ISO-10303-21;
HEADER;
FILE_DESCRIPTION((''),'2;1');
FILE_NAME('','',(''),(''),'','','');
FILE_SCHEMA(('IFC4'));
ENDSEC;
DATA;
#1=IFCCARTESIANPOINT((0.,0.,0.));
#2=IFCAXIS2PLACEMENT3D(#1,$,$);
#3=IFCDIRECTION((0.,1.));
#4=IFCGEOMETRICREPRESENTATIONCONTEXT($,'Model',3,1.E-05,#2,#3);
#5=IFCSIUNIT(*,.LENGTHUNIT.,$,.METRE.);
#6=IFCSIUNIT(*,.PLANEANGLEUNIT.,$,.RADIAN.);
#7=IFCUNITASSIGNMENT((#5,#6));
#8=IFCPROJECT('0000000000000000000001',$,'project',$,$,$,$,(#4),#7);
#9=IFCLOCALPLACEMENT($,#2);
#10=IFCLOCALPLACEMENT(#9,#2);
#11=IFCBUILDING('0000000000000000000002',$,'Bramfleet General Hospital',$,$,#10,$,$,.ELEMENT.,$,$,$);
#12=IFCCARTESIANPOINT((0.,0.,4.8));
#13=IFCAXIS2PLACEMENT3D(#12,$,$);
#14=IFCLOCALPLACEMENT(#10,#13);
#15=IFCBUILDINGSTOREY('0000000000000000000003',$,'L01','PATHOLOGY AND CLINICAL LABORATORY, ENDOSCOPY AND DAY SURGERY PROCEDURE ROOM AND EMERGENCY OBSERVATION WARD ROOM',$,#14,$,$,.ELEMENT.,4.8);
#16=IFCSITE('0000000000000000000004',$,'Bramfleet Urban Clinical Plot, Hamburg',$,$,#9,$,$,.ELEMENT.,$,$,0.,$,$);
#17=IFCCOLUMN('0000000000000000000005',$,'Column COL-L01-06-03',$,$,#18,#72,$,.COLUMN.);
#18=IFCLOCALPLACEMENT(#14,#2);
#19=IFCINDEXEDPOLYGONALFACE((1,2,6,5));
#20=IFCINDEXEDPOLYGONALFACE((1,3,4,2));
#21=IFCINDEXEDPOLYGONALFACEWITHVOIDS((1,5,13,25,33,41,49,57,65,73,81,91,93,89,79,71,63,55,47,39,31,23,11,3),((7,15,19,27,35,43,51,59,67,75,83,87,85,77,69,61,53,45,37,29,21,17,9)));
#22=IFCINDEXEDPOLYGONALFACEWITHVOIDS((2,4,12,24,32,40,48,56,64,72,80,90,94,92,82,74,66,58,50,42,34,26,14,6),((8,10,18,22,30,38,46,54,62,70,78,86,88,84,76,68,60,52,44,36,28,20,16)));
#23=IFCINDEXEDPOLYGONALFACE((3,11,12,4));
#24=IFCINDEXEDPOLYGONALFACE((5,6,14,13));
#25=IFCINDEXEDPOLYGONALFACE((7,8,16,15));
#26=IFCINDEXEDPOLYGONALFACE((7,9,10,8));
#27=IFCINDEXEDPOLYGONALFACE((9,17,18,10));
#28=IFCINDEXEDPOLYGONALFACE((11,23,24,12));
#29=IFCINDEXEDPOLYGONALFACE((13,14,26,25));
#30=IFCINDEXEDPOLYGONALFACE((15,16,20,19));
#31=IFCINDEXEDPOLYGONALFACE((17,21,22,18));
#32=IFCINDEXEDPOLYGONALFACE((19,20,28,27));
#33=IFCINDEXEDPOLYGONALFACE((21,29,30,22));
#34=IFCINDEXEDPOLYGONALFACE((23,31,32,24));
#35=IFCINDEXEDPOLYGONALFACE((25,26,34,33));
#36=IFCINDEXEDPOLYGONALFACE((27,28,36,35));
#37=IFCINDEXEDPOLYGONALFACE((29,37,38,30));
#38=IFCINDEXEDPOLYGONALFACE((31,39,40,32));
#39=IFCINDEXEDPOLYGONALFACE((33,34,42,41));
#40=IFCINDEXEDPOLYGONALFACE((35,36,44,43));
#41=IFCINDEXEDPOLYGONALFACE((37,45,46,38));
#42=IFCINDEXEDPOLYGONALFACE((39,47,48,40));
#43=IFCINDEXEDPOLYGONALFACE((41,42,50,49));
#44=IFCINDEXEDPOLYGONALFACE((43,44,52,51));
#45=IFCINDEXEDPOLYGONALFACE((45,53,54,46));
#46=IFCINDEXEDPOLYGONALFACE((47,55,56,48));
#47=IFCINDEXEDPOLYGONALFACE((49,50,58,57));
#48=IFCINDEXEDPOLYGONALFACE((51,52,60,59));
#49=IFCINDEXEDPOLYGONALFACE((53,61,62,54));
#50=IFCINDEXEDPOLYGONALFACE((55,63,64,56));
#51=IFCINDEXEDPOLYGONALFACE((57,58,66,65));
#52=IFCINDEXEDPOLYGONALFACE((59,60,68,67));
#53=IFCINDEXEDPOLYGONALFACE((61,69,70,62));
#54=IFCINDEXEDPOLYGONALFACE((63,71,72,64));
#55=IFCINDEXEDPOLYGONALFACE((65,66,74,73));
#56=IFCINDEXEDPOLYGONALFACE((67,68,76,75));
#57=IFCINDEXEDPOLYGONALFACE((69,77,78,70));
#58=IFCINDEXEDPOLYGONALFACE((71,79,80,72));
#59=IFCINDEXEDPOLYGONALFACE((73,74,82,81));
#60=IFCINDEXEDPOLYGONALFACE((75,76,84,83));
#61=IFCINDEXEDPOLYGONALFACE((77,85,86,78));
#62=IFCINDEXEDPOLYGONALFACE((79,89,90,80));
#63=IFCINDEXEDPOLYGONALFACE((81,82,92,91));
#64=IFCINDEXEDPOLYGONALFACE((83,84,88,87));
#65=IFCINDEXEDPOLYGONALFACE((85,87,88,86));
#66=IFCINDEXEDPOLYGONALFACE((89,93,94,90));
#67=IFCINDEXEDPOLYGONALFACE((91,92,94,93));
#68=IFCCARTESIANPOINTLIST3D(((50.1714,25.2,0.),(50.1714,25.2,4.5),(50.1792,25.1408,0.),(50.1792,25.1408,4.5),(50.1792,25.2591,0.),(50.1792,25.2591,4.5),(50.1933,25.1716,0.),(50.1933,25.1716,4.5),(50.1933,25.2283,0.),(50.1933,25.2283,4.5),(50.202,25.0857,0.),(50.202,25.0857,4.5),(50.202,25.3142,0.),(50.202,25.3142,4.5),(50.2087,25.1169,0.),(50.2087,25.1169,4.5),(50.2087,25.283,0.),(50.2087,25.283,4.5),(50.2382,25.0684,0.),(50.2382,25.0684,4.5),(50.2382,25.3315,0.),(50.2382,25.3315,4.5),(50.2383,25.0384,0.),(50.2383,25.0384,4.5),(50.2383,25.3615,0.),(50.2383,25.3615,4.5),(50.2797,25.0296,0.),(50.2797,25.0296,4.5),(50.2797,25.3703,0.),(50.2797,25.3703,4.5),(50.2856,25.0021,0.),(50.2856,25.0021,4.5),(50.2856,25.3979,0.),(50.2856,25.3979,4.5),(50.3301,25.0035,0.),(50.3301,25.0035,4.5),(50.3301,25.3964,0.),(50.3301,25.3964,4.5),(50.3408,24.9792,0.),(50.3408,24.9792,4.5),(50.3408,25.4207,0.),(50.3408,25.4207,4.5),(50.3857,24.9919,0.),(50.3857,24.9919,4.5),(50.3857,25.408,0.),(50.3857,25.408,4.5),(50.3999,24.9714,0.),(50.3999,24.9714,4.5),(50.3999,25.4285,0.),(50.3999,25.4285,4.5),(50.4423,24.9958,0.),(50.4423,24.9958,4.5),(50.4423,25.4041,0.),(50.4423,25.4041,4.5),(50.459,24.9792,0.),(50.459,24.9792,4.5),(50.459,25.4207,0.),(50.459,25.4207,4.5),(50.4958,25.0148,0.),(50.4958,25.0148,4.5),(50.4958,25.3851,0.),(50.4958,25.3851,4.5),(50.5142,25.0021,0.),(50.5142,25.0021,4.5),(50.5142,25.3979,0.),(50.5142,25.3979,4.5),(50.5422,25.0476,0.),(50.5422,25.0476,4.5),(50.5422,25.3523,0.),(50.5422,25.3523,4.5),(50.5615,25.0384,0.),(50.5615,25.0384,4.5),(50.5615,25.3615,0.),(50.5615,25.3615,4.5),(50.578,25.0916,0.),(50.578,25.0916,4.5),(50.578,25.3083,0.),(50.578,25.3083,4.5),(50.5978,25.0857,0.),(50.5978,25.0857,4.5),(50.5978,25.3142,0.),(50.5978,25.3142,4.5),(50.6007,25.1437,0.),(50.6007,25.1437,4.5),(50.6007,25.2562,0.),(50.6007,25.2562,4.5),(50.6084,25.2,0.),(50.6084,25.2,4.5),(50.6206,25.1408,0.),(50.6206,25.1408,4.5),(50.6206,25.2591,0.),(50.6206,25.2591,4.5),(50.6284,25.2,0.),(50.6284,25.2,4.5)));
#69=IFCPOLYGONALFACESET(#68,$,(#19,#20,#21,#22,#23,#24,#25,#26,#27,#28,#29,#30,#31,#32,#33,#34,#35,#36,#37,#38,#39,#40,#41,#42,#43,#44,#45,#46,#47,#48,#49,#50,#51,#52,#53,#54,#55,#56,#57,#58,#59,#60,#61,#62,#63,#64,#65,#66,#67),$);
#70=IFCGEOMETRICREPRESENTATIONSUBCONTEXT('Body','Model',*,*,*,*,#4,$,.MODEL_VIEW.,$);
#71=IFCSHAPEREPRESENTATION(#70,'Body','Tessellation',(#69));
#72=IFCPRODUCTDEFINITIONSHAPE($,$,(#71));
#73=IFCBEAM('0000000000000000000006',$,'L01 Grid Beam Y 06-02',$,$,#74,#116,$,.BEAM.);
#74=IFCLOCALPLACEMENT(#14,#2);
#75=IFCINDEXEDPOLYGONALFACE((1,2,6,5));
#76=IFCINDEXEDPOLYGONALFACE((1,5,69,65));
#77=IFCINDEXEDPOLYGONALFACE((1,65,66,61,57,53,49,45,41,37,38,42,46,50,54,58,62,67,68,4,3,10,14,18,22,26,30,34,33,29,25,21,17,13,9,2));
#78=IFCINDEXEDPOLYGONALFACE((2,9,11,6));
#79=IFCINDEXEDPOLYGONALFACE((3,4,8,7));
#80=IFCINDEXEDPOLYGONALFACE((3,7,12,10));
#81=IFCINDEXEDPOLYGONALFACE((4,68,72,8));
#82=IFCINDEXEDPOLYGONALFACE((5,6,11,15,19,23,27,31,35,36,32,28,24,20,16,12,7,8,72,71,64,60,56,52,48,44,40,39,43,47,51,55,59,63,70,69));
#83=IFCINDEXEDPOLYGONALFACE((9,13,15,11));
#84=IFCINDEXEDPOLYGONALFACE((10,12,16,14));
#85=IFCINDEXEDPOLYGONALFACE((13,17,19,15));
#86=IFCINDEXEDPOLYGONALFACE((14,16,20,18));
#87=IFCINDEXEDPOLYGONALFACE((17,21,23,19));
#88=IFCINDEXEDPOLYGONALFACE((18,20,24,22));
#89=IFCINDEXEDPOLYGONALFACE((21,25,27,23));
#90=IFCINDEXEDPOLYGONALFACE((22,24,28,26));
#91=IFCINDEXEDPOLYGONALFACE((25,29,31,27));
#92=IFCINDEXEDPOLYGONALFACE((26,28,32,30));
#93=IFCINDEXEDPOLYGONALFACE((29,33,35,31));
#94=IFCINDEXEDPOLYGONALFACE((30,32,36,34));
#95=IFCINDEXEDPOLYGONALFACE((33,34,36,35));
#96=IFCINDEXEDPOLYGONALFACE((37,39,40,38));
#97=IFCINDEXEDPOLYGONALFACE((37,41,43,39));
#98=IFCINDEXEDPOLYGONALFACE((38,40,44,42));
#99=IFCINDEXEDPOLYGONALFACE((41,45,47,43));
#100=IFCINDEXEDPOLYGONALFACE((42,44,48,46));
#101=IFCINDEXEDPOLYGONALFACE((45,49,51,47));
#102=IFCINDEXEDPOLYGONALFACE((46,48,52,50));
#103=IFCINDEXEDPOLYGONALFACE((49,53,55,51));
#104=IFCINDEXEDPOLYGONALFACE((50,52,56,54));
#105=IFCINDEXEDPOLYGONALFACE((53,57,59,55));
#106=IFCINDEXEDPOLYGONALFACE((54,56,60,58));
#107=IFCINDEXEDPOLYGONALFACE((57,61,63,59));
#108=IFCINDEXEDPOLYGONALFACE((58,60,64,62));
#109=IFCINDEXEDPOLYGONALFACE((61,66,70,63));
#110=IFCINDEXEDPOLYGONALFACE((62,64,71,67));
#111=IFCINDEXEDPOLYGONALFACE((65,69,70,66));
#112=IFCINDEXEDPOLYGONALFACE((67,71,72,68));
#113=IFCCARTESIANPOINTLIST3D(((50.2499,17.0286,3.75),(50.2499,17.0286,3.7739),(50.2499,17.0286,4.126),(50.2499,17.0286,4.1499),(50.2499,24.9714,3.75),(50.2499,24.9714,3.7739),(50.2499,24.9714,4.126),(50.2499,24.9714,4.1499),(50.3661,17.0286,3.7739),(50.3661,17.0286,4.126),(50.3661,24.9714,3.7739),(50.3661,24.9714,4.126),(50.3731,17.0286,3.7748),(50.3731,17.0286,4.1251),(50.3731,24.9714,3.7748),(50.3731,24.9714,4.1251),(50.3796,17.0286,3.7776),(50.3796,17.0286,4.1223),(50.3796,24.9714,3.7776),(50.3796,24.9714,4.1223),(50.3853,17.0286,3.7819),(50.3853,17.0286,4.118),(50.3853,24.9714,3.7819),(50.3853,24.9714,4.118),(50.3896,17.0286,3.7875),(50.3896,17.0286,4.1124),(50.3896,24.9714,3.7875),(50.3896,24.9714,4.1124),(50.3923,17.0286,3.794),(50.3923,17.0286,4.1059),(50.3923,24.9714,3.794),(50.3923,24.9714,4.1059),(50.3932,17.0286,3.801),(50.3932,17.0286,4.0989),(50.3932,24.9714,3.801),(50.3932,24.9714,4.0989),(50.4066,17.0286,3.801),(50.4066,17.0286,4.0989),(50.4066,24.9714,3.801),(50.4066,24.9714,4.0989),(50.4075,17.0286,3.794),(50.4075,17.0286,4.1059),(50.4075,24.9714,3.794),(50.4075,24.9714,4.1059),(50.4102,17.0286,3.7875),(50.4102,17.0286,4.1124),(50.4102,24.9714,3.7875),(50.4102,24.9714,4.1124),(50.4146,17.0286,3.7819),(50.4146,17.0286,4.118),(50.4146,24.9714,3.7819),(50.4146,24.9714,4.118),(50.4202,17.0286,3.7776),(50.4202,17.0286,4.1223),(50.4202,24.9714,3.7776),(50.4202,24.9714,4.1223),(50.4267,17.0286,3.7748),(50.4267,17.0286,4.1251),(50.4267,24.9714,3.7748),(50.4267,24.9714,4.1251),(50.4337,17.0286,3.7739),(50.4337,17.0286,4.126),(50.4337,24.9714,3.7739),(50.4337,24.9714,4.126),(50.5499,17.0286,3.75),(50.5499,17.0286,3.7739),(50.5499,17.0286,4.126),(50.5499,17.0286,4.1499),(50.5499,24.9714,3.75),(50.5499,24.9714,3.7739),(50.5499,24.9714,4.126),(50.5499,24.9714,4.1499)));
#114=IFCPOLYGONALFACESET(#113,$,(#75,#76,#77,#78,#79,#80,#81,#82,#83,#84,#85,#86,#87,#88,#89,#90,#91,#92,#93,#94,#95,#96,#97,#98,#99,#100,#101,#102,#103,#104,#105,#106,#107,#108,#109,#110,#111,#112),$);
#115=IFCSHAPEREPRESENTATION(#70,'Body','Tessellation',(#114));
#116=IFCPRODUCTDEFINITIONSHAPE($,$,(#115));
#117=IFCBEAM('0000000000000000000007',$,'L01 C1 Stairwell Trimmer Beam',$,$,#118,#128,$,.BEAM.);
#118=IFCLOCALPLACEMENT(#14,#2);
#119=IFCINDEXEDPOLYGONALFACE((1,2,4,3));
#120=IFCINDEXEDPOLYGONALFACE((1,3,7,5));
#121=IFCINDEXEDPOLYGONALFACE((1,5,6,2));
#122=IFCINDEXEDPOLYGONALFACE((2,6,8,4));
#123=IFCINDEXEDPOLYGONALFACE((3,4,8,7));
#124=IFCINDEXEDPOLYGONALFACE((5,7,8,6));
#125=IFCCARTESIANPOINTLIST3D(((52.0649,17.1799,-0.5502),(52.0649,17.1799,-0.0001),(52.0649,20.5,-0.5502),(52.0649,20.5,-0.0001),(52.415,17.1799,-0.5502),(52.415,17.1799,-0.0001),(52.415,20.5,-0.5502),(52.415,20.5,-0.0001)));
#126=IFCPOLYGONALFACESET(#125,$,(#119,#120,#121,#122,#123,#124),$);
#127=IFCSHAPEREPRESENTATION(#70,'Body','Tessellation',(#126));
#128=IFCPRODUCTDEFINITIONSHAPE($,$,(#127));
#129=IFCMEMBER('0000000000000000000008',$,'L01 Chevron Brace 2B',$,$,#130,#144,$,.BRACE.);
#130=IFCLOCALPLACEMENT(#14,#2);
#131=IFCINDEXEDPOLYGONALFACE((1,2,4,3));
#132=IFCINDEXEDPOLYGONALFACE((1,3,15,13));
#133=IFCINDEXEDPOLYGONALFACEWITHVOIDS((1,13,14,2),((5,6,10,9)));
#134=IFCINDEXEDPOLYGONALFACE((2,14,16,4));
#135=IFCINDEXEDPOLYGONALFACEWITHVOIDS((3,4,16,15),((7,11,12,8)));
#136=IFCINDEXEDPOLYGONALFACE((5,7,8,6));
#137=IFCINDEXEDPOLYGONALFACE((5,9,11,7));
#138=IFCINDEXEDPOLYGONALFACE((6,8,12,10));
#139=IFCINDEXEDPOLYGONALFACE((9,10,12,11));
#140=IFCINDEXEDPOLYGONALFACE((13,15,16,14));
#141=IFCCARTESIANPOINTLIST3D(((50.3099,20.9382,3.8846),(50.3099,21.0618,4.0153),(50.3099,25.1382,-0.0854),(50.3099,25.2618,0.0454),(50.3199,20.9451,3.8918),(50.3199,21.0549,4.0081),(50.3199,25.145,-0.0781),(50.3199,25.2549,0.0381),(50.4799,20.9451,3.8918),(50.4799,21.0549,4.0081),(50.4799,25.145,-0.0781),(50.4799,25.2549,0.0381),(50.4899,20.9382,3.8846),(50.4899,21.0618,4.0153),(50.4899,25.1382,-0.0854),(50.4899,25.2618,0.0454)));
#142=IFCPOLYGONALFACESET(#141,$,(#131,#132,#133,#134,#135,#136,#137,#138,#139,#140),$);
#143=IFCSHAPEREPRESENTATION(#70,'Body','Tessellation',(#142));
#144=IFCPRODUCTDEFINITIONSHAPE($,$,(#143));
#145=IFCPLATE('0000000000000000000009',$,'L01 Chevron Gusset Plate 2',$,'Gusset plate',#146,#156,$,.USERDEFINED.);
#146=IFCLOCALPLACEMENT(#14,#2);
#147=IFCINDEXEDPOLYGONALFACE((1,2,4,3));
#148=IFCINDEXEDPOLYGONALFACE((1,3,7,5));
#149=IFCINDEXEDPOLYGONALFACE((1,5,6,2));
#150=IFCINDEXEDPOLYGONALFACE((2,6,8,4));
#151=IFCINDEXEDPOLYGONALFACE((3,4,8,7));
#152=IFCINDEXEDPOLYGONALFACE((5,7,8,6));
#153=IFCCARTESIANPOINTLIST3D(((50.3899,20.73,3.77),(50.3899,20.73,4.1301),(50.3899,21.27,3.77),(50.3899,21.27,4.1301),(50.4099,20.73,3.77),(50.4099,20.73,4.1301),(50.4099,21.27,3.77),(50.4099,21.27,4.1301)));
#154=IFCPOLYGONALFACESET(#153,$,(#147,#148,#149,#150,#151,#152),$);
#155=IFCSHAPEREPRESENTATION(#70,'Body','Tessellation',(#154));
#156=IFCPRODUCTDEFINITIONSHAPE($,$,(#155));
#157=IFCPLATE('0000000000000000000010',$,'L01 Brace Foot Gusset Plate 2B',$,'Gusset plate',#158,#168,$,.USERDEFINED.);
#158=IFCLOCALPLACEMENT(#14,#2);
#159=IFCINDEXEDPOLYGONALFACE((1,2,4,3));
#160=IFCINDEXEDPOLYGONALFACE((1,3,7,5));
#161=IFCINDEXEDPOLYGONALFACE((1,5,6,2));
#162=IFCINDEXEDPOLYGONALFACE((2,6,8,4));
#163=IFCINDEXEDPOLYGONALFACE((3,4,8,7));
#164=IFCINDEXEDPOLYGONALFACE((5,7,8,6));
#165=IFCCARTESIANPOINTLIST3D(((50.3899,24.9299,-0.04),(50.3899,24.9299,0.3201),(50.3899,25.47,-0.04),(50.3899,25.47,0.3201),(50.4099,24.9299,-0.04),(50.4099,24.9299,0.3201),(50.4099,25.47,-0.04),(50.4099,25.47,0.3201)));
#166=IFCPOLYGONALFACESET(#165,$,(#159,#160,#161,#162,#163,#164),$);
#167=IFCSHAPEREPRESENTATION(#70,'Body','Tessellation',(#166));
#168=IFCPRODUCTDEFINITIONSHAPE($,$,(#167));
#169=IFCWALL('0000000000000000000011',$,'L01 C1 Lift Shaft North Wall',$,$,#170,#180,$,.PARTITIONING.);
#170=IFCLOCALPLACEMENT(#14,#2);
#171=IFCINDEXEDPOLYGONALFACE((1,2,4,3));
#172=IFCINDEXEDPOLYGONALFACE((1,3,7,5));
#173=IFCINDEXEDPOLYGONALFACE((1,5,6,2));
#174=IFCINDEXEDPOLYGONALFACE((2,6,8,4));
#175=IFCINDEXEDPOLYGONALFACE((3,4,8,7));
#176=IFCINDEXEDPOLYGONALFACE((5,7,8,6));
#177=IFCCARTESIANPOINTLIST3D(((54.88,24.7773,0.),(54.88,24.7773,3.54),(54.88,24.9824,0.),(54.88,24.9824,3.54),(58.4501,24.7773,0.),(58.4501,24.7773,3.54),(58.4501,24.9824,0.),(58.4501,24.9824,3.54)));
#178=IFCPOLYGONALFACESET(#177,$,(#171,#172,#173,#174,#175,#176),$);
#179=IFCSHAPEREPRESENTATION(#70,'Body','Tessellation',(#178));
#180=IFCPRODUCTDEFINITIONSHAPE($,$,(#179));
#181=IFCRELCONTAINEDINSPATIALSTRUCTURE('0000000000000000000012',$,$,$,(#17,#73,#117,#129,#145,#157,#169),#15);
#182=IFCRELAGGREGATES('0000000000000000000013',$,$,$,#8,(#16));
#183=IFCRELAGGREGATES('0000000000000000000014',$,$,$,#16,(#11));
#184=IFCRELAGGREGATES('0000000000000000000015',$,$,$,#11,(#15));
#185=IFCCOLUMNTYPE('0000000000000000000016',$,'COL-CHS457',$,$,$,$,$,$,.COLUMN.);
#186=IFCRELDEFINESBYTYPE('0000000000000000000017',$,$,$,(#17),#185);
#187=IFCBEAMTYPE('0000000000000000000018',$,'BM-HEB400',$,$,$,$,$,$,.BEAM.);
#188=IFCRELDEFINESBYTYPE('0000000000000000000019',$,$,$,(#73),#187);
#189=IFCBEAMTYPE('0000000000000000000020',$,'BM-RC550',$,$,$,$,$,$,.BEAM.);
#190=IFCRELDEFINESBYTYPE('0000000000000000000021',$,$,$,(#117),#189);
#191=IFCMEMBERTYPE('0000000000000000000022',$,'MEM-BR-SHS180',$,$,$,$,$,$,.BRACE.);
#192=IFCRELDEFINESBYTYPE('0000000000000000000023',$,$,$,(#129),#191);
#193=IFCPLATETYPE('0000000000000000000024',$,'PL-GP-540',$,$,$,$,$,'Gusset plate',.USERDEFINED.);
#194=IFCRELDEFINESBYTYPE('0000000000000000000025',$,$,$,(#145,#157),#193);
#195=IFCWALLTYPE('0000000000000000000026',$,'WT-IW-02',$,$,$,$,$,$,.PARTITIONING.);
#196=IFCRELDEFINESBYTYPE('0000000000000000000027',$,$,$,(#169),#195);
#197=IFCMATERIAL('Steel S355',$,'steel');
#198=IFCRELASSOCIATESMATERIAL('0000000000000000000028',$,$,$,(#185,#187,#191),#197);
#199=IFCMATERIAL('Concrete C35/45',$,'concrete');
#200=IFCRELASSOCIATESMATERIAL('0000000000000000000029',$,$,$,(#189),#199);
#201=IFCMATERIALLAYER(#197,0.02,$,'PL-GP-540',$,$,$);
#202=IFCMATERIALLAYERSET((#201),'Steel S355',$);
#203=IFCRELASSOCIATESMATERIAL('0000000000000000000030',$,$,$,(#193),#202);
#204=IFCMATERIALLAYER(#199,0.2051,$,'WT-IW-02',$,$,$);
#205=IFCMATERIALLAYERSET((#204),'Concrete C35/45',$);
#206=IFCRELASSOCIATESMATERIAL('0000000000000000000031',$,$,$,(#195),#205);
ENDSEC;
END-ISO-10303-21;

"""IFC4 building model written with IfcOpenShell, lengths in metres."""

from ifc_helpers import new_model, si_unit, direction, frame, frame_2d, origin, origin_2d, place, context, subcontext, project, spatial, rectangle, hollow_rectangle, hollow_circle, i_section, extrude, material, layer, layer_set, material_profile, profile_set, type_object, element, save


model = new_model("IFC4")

# Units and contexts
model_context = context("Model", 3, precision=1e-05, world=origin(), true_north=direction((0.0, 1.0)))
body_context = subcontext(model_context, "Body", "Model", "MODEL_VIEW")
ifc_project = project(units=[si_unit("LENGTHUNIT", "METRE"), si_unit("PLANEANGLEUNIT", "RADIAN")], contexts=[model_context])

# Site, building, storey
site_placement = place(None, origin())
site = spatial("IfcSite", under=ifc_project, at=site_placement, Name="Bramfleet Urban Clinical Plot, Hamburg", CompositionType="ELEMENT", RefElevation=0.0)
building_placement = place(site_placement, origin())
building = spatial("IfcBuilding", under=site, at=building_placement, Name="Bramfleet General Hospital", CompositionType="ELEMENT")
storey_placement = place(building_placement, frame((0.0, 0.0, 4.8)))
storey = spatial("IfcBuildingStorey", under=building, at=storey_placement, Name="L01", Description="PATHOLOGY AND CLINICAL LABORATORY, ENDOSCOPY AND DAY SURGERY PROCEDURE ROOM AND EMERGENCY OBSERVATION WARD ROOM", CompositionType="ELEMENT", Elevation=4.8)

# Column
ifc_material_1 = material(Name="Steel S355", Category="steel")
ifc_material_profile_1 = material_profile(ifc_material_1, hollow_circle(Radius=0.2285, WallThickness=0.02, at=origin_2d()), Name="CHS 457.0x20.0")
ifc_profile_set_1 = profile_set([ifc_material_profile_1], Name="Steel S355")
column_type = type_object("IfcColumnType", Name="COL-CHS457", PredefinedType="COLUMN", material=ifc_profile_set_1)
column_placement = place(storey_placement, frame((50.3999, 25.2, 0.0), z_axis=(0.0, 0.0, 1.0), x_axis=(1.0, 0.0, 0.0)))
element("IfcColumn", 1, at=column_placement, inside=storey, type_object=column_type, Name="Column COL-L01-06-03", PredefinedType="COLUMN", context=body_context, shape_type="SweptSolid", body=[
    extrude(hollow_circle(Radius=0.2285, WallThickness=0.02, at=origin_2d()), origin(), (0.0, 0.0, 1.0), 4.5),
])

# Beams
ifc_material_profile_2 = material_profile(ifc_material_1, i_section(OverallWidth=0.3, OverallDepth=0.3999, WebThickness=0.0134, FlangeThickness=0.0239, FilletRadius=0.0271, at=origin_2d()), Name="HEB 400")
ifc_profile_set_2 = profile_set([ifc_material_profile_2], Name="Steel S355")
beam_type_1 = type_object("IfcBeamType", Name="BM-HEB400", PredefinedType="BEAM", material=ifc_profile_set_2)
beam_1_placement = place(storey_placement, frame((50.3999, 17.0286, 3.95), z_axis=(0.0, 1.0, 0.0), x_axis=(-1.0, 0.0, 0.0)))
element("IfcBeam", 2, at=beam_1_placement, inside=storey, type_object=beam_type_1, Name="L01 Grid Beam Y 06-02", PredefinedType="BEAM", context=body_context, shape_type="SweptSolid", body=[
    extrude(i_section(OverallWidth=0.3, OverallDepth=0.3999, WebThickness=0.0134, FlangeThickness=0.0239, FilletRadius=0.0271, at=origin_2d()), origin(), (0.0, 0.0, 1.0), 7.9429),
])
ifc_material_2 = material(Name="Concrete C35/45", Category="concrete")
ifc_material_profile_3 = material_profile(ifc_material_2, rectangle(XDim=0.3501, YDim=0.55, at=origin_2d()), Name="RC BM 550x350")
ifc_profile_set_3 = profile_set([ifc_material_profile_3], Name="Concrete C35/45")
beam_type_2 = type_object("IfcBeamType", Name="BM-RC550", PredefinedType="BEAM", material=ifc_profile_set_3)
beam_2_placement = place(storey_placement, frame((52.24, 17.1799, -0.2751), z_axis=(0.0, 1.0, 0.0), x_axis=(-1.0, 0.0, 0.0)))
element("IfcBeam", 3, at=beam_2_placement, inside=storey, type_object=beam_type_2, Name="L01 C1 Stairwell Trimmer Beam", PredefinedType="BEAM", context=body_context, shape_type="SweptSolid", body=[
    extrude(rectangle(XDim=0.3501, YDim=0.55, at=origin_2d()), origin(), (0.0, 0.0, 1.0), 3.3201),
])

# Member
ifc_material_profile_4 = material_profile(ifc_material_1, hollow_rectangle(XDim=0.1799, YDim=0.1799, WallThickness=0.01, at=origin_2d()), Name="SHS 180x180x10.0")
ifc_profile_set_4 = profile_set([ifc_material_profile_4], Name="Steel S355")
member_type = type_object("IfcMemberType", Name="MEM-BR-SHS180", PredefinedType="BRACE", material=ifc_profile_set_4)
member_placement = place(storey_placement, frame((50.3999, 25.2, -0.02), z_axis=(0.0, -0.726724, 0.68693), x_axis=(1.0, 0.0, 0.0)))
element("IfcMember", 4, at=member_placement, inside=storey, type_object=member_type, Name="L01 Chevron Brace 2B", PredefinedType="BRACE", context=body_context, shape_type="SweptSolid", body=[
    extrude(hollow_rectangle(XDim=0.1799, YDim=0.1799, WallThickness=0.01, at=origin_2d()), origin(), (0.0, 0.0, 1.0), 5.7793),
])

# Plates
ifc_layer_1 = layer(ifc_material_1, 0.02, Name="PL-GP-540")
ifc_layer_set_1 = layer_set([ifc_layer_1], Name="Steel S355")
plate_type = type_object("IfcPlateType", Name="PL-GP-540", ElementType="Gusset plate", PredefinedType="USERDEFINED", material=ifc_layer_set_1)
for number, where, z_axis, x_axis, name in (
    (5, (50.3999, 21.0, 3.77), (0.0, 0.0, 1.0), (1.0, 0.0, 0.0), "L01 Chevron Gusset Plate 2"),
    (6, (50.3999, 25.2, -0.04), (0.0, 0.0, 1.0), (1.0, 0.0, 0.0), "L01 Brace Foot Gusset Plate 2B"),
):
    element("IfcPlate", number, at=place(storey_placement, frame(where, z_axis=z_axis, x_axis=x_axis)), inside=storey, type_object=plate_type, Name=name, ObjectType="Gusset plate", PredefinedType="USERDEFINED", context=body_context, shape_type="SweptSolid", body=[
        extrude(rectangle(XDim=0.02, YDim=0.54, at=origin_2d()), origin(), (0.0, 0.0, 1.0), 0.3601),
    ])

# Shared definitions
ifc_layer_2 = layer(ifc_material_2, 0.2051, Name="WT-IW-02")
ifc_layer_set_2 = layer_set([ifc_layer_2], Name="Concrete C35/45")
wall_type_1 = type_object("IfcWallType", Name="WT-IW-02", PredefinedType="PARTITIONING", material=ifc_layer_set_2)

# Wall
wall_1_placement = place(storey_placement, frame((54.8799, 24.8799, 0.0), z_axis=(0.0, 0.0, 1.0), x_axis=(1.0, 0.0, 0.0)))
element("IfcWall", 7, at=wall_1_placement, inside=storey, type_object=wall_type_1, Name="L01 C1 Lift Shaft North Wall", PredefinedType="PARTITIONING", context=body_context, shape_type="SweptSolid", body=[
    extrude(rectangle(XDim=3.5701, YDim=0.2051, at=frame_2d((1.7852, 0.0))), origin(), (0.0, 0.0, 1.0), 3.54),
])

save(model, "model.ifc")
